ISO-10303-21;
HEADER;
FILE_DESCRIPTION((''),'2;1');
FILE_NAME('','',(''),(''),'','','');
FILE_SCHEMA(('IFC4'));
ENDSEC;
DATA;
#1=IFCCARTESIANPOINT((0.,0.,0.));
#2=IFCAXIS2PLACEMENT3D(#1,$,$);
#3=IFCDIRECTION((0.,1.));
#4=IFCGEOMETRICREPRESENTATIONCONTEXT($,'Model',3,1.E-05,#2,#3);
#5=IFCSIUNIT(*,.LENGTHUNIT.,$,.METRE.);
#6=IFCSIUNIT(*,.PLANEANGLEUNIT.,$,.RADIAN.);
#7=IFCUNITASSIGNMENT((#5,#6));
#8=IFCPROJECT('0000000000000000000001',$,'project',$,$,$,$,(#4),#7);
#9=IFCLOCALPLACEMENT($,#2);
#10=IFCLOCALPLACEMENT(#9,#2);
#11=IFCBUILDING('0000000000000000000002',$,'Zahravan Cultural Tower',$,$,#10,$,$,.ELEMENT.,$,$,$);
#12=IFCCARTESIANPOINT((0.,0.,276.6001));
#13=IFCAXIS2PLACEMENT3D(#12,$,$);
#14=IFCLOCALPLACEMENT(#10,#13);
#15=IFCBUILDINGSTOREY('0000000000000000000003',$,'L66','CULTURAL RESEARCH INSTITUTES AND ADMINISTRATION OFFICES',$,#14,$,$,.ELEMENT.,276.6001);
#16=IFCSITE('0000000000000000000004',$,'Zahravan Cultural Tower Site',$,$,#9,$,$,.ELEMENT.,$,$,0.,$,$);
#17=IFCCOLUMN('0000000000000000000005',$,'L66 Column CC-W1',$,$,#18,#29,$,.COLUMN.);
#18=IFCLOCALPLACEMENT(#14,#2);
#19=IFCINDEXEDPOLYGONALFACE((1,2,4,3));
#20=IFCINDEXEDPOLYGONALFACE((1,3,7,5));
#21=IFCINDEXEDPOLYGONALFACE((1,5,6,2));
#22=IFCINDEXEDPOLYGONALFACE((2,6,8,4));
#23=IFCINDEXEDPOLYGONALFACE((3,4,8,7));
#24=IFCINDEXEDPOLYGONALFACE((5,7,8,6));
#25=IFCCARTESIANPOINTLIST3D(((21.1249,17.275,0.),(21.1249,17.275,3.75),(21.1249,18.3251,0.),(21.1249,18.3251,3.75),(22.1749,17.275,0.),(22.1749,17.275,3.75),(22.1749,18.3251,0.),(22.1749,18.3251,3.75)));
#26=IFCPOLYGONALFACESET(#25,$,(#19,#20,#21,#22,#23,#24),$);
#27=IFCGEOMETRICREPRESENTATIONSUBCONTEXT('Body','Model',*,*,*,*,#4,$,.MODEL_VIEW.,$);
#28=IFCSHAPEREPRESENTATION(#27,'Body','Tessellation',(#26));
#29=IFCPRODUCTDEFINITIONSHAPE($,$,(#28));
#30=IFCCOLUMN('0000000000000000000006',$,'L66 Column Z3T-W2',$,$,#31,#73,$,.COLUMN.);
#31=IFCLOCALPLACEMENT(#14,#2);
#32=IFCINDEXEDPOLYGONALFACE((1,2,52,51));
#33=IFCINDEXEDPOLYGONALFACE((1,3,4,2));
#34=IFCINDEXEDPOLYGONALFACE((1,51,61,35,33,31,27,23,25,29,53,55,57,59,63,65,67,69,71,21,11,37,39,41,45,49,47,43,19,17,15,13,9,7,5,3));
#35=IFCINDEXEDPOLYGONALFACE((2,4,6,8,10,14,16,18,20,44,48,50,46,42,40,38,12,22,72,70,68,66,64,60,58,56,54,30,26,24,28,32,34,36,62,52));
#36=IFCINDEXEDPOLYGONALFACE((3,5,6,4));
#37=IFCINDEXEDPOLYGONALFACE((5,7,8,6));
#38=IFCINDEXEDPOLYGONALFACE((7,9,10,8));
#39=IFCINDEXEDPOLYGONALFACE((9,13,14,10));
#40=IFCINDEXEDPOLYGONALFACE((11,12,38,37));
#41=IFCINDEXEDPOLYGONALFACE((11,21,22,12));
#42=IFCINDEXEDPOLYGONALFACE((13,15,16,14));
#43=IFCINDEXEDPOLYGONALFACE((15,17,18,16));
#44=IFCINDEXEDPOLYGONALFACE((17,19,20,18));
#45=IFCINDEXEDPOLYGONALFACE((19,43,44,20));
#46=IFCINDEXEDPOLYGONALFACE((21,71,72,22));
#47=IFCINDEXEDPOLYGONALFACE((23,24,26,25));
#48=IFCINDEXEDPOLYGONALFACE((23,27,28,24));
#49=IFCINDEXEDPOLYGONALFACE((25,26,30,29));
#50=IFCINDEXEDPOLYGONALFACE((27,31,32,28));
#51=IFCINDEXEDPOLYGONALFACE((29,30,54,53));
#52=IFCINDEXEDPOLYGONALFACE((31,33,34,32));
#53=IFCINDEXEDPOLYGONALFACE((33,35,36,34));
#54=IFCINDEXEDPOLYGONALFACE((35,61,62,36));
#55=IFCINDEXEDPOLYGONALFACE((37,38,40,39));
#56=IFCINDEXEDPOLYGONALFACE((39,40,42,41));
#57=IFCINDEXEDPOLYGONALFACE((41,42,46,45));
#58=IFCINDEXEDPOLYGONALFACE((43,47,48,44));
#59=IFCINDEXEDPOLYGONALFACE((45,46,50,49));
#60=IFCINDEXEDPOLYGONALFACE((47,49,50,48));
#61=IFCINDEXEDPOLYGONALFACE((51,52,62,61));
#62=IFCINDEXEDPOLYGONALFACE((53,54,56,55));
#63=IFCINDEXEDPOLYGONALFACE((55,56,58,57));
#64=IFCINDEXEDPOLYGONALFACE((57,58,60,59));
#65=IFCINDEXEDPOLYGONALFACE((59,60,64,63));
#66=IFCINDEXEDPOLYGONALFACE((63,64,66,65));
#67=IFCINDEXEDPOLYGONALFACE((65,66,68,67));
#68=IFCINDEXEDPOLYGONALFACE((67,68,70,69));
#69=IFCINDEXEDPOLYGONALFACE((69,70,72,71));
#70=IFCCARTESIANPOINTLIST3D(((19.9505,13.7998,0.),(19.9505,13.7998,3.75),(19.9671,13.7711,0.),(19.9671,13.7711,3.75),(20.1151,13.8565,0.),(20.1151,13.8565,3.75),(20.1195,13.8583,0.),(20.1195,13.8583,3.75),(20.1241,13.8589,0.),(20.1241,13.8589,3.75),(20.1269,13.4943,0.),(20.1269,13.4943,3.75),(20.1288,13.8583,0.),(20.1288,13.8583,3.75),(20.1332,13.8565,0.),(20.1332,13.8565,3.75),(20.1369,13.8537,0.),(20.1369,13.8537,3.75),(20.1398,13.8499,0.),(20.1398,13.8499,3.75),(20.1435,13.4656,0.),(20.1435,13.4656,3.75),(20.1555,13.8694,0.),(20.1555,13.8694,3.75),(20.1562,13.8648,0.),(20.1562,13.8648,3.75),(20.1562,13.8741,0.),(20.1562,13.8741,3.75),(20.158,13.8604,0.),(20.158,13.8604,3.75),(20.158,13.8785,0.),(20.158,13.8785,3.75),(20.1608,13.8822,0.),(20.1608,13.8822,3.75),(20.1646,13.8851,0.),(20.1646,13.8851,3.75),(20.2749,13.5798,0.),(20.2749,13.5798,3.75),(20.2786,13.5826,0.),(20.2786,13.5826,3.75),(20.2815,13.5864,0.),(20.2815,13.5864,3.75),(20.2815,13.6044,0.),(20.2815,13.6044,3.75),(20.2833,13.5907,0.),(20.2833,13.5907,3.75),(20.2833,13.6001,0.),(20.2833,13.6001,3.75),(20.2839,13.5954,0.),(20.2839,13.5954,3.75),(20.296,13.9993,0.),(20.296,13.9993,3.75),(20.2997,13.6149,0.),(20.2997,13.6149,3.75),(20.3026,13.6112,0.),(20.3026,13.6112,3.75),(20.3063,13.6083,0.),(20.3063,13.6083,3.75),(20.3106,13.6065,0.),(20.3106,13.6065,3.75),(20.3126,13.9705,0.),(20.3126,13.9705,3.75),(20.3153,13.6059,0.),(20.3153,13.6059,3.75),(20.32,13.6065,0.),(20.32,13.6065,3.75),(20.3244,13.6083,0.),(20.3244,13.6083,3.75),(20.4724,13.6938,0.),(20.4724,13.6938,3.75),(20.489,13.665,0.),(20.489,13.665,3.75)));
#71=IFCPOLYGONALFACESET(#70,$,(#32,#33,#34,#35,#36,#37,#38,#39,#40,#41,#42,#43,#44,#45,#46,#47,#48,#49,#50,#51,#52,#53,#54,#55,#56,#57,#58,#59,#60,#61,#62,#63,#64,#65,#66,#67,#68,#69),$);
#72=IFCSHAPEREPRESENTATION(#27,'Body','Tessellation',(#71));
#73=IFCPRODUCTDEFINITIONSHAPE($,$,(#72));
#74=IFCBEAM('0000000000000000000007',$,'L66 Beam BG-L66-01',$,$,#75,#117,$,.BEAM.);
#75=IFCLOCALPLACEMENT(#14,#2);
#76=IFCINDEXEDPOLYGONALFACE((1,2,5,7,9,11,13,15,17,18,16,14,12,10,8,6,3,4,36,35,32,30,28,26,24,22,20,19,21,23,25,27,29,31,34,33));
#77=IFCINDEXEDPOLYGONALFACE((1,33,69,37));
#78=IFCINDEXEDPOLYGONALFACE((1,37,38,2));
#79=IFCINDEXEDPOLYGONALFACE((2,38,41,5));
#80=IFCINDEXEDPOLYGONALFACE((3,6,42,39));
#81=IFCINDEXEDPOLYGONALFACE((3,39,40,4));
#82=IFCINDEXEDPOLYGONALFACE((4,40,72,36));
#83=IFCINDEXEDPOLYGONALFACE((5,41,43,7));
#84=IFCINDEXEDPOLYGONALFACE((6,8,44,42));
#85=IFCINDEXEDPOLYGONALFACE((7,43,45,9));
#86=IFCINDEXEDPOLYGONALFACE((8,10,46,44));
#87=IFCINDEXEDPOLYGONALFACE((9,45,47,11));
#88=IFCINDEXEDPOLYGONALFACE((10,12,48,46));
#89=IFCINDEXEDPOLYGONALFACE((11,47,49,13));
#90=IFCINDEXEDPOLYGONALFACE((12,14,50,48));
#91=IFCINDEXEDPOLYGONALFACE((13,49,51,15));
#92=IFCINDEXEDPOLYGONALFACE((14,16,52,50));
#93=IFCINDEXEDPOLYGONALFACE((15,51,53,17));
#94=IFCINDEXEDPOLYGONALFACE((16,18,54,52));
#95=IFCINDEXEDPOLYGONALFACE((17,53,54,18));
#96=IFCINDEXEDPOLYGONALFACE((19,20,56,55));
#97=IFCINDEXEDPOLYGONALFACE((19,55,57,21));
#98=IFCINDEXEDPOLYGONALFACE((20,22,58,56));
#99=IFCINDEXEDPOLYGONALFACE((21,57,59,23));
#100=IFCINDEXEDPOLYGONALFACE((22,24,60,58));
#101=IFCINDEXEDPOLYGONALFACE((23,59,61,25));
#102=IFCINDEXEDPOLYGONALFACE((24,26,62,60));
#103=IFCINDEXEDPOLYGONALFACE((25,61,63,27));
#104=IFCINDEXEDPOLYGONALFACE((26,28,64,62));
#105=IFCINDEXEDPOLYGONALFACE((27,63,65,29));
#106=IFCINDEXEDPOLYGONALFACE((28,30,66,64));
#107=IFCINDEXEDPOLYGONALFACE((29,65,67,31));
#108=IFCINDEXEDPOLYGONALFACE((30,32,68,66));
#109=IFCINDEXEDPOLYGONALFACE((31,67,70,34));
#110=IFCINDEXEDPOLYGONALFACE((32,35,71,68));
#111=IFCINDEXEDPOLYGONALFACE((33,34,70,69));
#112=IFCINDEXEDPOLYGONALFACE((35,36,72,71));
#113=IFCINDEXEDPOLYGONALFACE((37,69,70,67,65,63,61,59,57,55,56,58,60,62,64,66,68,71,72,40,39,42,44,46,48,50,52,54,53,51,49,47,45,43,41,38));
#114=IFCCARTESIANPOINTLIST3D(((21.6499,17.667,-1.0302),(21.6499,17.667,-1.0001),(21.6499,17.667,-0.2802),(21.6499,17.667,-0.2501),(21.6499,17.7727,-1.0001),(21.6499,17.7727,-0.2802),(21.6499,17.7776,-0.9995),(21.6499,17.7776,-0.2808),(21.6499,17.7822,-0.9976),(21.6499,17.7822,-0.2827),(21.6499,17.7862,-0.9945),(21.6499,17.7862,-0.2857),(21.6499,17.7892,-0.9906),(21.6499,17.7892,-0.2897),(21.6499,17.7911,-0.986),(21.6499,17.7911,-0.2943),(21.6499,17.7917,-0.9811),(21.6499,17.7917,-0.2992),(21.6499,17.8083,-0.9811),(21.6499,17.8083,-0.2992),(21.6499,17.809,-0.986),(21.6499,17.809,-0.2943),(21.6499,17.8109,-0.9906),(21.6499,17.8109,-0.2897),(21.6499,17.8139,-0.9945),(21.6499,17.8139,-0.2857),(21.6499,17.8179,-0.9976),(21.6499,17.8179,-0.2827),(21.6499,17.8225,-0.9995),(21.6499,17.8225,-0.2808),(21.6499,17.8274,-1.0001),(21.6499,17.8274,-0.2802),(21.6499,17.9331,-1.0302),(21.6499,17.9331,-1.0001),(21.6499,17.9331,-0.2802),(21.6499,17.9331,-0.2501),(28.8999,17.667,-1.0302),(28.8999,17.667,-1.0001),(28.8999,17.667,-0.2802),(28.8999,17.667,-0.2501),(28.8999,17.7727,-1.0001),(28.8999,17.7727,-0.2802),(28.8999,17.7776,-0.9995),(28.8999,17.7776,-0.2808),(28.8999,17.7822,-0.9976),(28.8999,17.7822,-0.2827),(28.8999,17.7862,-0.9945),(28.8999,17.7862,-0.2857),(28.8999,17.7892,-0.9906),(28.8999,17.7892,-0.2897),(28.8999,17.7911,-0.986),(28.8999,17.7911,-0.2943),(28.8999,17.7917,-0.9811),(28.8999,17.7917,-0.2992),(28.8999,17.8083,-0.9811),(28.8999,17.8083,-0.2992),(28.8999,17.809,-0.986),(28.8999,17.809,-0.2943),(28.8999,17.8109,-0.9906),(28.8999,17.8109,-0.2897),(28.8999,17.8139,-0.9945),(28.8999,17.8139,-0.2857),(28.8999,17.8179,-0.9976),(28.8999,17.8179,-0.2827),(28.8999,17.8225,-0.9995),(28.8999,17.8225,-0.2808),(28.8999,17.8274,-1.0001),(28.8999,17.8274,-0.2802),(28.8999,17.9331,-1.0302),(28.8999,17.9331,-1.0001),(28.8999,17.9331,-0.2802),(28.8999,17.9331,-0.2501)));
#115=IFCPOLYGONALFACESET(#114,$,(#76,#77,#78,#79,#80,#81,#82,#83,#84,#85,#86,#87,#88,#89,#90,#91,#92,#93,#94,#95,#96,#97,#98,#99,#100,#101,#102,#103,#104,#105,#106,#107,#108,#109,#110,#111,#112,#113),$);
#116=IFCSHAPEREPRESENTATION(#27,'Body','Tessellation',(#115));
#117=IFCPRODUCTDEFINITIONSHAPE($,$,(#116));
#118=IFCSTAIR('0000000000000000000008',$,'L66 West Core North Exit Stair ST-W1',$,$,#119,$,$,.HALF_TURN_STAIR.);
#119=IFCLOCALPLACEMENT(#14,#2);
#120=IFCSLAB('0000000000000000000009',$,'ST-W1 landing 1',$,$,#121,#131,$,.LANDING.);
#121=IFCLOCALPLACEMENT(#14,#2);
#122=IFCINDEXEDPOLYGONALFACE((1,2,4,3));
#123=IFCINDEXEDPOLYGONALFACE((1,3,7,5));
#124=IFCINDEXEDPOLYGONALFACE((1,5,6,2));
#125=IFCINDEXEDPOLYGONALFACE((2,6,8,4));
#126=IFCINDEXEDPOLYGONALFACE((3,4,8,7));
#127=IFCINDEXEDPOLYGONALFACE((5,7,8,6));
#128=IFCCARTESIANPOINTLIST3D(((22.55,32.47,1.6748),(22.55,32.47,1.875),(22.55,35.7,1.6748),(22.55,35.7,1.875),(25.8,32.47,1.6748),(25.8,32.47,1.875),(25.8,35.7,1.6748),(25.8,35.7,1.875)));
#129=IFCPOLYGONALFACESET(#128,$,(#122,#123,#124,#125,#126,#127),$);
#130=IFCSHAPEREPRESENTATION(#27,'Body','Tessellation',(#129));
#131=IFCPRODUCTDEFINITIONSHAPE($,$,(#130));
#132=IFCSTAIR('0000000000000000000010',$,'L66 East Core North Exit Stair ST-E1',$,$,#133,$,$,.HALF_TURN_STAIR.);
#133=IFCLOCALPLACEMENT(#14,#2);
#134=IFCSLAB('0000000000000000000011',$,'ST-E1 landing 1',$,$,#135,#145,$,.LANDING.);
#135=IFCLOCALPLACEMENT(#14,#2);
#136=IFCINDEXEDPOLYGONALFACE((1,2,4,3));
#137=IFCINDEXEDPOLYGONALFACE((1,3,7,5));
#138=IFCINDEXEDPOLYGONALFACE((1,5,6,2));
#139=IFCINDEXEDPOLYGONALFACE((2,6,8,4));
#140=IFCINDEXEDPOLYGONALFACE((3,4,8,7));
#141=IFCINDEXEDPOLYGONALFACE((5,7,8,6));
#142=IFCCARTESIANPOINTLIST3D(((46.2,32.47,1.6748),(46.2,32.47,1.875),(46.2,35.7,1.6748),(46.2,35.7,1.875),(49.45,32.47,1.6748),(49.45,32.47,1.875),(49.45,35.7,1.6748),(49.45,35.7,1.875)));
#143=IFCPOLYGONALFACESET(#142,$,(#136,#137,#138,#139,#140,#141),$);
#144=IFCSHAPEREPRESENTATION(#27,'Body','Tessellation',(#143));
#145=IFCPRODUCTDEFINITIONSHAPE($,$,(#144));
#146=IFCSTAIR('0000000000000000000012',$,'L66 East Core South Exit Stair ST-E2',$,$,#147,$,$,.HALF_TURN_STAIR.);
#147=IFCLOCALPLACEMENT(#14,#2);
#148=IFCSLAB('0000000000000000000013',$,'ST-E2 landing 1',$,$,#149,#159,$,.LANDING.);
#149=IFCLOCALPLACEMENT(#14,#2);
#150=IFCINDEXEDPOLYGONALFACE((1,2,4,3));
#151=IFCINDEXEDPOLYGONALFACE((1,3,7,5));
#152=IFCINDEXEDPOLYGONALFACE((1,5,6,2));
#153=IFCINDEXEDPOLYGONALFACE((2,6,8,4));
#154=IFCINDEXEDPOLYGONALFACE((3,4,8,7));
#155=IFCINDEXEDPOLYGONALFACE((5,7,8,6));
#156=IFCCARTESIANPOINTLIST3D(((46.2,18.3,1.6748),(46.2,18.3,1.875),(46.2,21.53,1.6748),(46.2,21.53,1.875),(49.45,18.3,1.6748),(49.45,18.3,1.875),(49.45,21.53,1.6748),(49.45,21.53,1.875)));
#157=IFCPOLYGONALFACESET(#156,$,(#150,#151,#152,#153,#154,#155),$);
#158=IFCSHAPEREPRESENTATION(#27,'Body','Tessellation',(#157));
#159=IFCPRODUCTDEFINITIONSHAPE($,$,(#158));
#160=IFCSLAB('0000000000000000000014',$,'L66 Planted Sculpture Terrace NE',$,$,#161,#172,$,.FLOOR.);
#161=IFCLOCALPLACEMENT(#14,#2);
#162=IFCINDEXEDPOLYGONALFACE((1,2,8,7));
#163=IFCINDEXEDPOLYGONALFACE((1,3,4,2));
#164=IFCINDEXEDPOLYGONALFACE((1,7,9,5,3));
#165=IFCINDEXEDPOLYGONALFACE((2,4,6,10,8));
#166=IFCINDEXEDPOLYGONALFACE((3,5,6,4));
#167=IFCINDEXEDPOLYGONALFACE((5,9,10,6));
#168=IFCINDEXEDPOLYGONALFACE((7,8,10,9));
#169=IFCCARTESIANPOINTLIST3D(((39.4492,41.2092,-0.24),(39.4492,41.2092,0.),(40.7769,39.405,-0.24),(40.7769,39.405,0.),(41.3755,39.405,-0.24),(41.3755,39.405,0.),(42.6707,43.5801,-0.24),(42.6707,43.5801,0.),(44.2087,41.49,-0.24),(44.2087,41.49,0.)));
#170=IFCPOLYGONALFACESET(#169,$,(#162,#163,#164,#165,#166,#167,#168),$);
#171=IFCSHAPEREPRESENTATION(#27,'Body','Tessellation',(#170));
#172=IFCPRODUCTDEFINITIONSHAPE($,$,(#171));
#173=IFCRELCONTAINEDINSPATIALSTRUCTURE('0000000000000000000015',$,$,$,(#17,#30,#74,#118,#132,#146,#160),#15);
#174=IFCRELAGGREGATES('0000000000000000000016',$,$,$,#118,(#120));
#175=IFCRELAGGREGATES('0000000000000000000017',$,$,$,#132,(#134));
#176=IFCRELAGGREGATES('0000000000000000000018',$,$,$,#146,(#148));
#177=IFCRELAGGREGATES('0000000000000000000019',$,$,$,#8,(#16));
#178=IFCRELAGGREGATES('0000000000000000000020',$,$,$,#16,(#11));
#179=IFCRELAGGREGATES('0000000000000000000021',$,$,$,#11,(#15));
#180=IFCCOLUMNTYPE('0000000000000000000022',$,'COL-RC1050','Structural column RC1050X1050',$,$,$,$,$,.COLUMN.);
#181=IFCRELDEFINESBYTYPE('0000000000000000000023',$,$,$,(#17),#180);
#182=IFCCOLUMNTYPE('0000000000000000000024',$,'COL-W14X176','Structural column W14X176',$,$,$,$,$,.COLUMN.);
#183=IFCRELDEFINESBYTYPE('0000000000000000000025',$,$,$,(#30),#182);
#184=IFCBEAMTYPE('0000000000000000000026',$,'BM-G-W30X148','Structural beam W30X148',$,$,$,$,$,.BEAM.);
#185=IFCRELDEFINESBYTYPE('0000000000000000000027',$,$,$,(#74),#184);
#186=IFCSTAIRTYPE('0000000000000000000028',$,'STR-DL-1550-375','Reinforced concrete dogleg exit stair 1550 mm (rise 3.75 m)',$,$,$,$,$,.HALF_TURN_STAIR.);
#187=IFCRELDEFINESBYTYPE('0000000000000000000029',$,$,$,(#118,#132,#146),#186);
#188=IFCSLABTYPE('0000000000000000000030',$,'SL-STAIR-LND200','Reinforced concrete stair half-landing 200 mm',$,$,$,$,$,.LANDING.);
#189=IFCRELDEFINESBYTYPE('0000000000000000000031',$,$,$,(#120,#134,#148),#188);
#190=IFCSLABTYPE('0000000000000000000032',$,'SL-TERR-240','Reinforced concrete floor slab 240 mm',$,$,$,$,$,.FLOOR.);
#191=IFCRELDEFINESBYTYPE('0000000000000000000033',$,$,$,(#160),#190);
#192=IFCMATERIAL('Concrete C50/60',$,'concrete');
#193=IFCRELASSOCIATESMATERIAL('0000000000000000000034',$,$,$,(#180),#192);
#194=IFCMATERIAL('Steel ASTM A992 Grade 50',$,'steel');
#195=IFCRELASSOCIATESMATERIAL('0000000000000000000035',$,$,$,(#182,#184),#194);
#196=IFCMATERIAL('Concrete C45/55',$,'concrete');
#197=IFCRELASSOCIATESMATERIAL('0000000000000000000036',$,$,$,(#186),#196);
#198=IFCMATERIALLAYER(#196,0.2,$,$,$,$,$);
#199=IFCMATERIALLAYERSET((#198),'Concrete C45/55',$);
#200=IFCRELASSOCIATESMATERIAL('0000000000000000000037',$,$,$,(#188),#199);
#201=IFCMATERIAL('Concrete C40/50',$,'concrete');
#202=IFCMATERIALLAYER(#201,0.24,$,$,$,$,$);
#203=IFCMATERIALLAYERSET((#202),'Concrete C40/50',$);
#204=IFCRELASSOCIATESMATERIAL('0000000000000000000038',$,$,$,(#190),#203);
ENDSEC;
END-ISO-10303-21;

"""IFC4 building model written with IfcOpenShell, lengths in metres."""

from ifc_helpers import new_model, si_unit, direction, frame, origin, origin_2d, place, context, subcontext, project, spatial, polyline, rectangle, i_section, outline, extrude, source, transform, mapped, material, layer, layer_set, material_profile, profile_set, type_object, element, aggregate, save


model = new_model("IFC4")

# Units and contexts
model_context = context("Model", 3, precision=1e-05, world=origin(), true_north=direction((0.0, 1.0)))
body_context = subcontext(model_context, "Body", "Model", "MODEL_VIEW")
ifc_project = project(units=[si_unit("LENGTHUNIT", "METRE"), si_unit("PLANEANGLEUNIT", "RADIAN")], contexts=[model_context])

# Site, building, storey
site_placement = place(None, origin())
site = spatial("IfcSite", under=ifc_project, at=site_placement, Name="Zahravan Cultural Tower Site", CompositionType="ELEMENT", RefElevation=0.0)
building_placement = place(site_placement, origin())
building = spatial("IfcBuilding", under=site, at=building_placement, Name="Zahravan Cultural Tower", CompositionType="ELEMENT")
storey_placement = place(building_placement, frame((0.0, 0.0, 276.6001)))
storey = spatial("IfcBuildingStorey", under=building, at=storey_placement, Name="L66", Description="CULTURAL RESEARCH INSTITUTES AND ADMINISTRATION OFFICES", CompositionType="ELEMENT", Elevation=276.6001)

# Columns
ifc_material_1 = material(Name="Concrete C50/60", Category="concrete")
ifc_material_profile_1 = material_profile(ifc_material_1, rectangle(XDim=1.05, YDim=1.05, at=origin_2d()), Name="RC1050X1050")
ifc_profile_set_1 = profile_set([ifc_material_profile_1], Name="Concrete C50/60")
column_type_1 = type_object("IfcColumnType", Name="COL-RC1050", Description="Structural column RC1050X1050", PredefinedType="COLUMN", material=ifc_profile_set_1)
shared_shape_1 = source(origin(), body_context, "Body", "SweptSolid", [
    extrude(rectangle(XDim=1.05, YDim=1.05, at=origin_2d()), origin(), (0.0, 0.0, 1.0), 3.75),
])
column_1_placement = place(storey_placement, frame((21.6499, 17.8, 0.0), z_axis=(0.0, 0.0, 1.0), x_axis=(1.0, 0.0, 0.0)))
element("IfcColumn", 1, at=column_1_placement, inside=storey, type_object=column_type_1, Name="L66 Column CC-W1", PredefinedType="COLUMN", context=body_context, shape_type="MappedRepresentation", body=[
    mapped(shared_shape_1, transform((0.0, 0.0, 0.0), x_axis=(1.0, 0.0, 0.0), y_axis=(0.0, 1.0, 0.0), z_axis=(0.0, 0.0, 1.0), scale=1.0)),
])
ifc_material_2 = material(Name="Steel ASTM A992 Grade 50", Category="steel")
ifc_material_profile_2 = material_profile(ifc_material_2, i_section(OverallWidth=0.3989, OverallDepth=0.386, WebThickness=0.021, FlangeThickness=0.0332, FilletRadius=0.0181, at=origin_2d()), Name="W14X176")
ifc_profile_set_2 = profile_set([ifc_material_profile_2], Name="Steel ASTM A992 Grade 50")
column_type_2 = type_object("IfcColumnType", Name="COL-W14X176", Description="Structural column W14X176", PredefinedType="COLUMN", material=ifc_profile_set_2)
shared_shape_2 = source(origin(), body_context, "Body", "SweptSolid", [
    extrude(i_section(OverallWidth=0.3989, OverallDepth=0.386, WebThickness=0.021, FlangeThickness=0.0332, FilletRadius=0.0181, at=origin_2d()), origin(), (0.0, 0.0, 1.0), 3.75),
])
column_2_placement = place(storey_placement, frame((20.2197, 13.7324, 0.0), z_axis=(0.0, 0.0, 1.0), x_axis=(0.866025, 0.5, 0.0)))
element("IfcColumn", 2, at=column_2_placement, inside=storey, type_object=column_type_2, Name="L66 Column Z3T-W2", PredefinedType="COLUMN", context=body_context, shape_type="MappedRepresentation", body=[
    mapped(shared_shape_2, transform((0.0, 0.0, 0.0), x_axis=(1.0, 0.0, 0.0), y_axis=(0.0, 1.0, 0.0), z_axis=(0.0, 0.0, 1.0), scale=1.0)),
])

# Beam
ifc_material_profile_3 = material_profile(ifc_material_2, i_section(OverallWidth=0.2661, OverallDepth=0.78, WebThickness=0.0166, FlangeThickness=0.03, FilletRadius=0.019, at=origin_2d()), Name="W30X148")
ifc_profile_set_3 = profile_set([ifc_material_profile_3], Name="Steel ASTM A992 Grade 50")
beam_type = type_object("IfcBeamType", Name="BM-G-W30X148", Description="Structural beam W30X148", PredefinedType="BEAM", material=ifc_profile_set_3)
shared_shape_3 = source(origin(), body_context, "Body", "SweptSolid", [
    extrude(i_section(OverallWidth=0.2661, OverallDepth=0.78, WebThickness=0.0166, FlangeThickness=0.03, FilletRadius=0.019, at=origin_2d()), origin(), (0.0, 0.0, 1.0), 7.25),
])
beam_placement = place(storey_placement, frame((21.6499, 17.8, -0.6401), z_axis=(1.0, 0.0, 0.0), x_axis=(0.0, 1.0, 0.0)))
element("IfcBeam", 3, at=beam_placement, inside=storey, type_object=beam_type, Name="L66 Beam BG-L66-01", PredefinedType="BEAM", context=body_context, shape_type="MappedRepresentation", body=[
    mapped(shared_shape_3, transform((0.0, 0.0, 0.0), x_axis=(1.0, 0.0, 0.0), y_axis=(0.0, 1.0, 0.0), z_axis=(0.0, 0.0, 1.0), scale=1.0)),
])

# Stairs, slabs
ifc_material_3 = material(Name="Concrete C45/55", Category="concrete")
stair_type = type_object("IfcStairType", Name="STR-DL-1550-375", Description="Reinforced concrete dogleg exit stair 1550 mm (rise 3.75 m)", PredefinedType="HALF_TURN_STAIR", material=ifc_material_3)
stair_1_placement = place(storey_placement, origin())
stair_1 = element("IfcStair", 4, at=stair_1_placement, inside=storey, type_object=stair_type, Name="L66 West Core North Exit Stair ST-W1", PredefinedType="HALF_TURN_STAIR")
ifc_layer_1 = layer(ifc_material_3, 0.2)
ifc_layer_set_1 = layer_set([ifc_layer_1], Name="Concrete C45/55")
slab_type_1 = type_object("IfcSlabType", Name="SL-STAIR-LND200", Description="Reinforced concrete stair half-landing 200 mm", PredefinedType="LANDING", material=ifc_layer_set_1)
slab_1_placement = place(storey_placement, frame((0.0, 0.0, 1.6748)))
slab_1 = element("IfcSlab", 5, at=slab_1_placement, type_object=slab_type_1, Name="ST-W1 landing 1", PredefinedType="LANDING", context=body_context, shape_type="SweptSolid", body=[
    extrude(outline(polyline([(25.8, 32.47), (25.8, 35.7), (22.55, 35.7), (22.55, 32.47), (25.8, 32.47)])), origin(), (0.0, 0.0, 1.0), 0.2002),
])
aggregate(stair_1, [slab_1])
stair_2_placement = place(storey_placement, origin())
stair_2 = element("IfcStair", 6, at=stair_2_placement, inside=storey, type_object=stair_type, Name="L66 East Core North Exit Stair ST-E1", PredefinedType="HALF_TURN_STAIR")
slab_2_placement = place(storey_placement, frame((0.0, 0.0, 1.6748)))
slab_2 = element("IfcSlab", 7, at=slab_2_placement, type_object=slab_type_1, Name="ST-E1 landing 1", PredefinedType="LANDING", context=body_context, shape_type="SweptSolid", body=[
    extrude(outline(polyline([(49.45, 32.47), (49.45, 35.7), (46.2, 35.7), (46.2, 32.47), (49.45, 32.47)])), origin(), (0.0, 0.0, 1.0), 0.2002),
])
aggregate(stair_2, [slab_2])
stair_3_placement = place(storey_placement, origin())
stair_3 = element("IfcStair", 8, at=stair_3_placement, inside=storey, type_object=stair_type, Name="L66 East Core South Exit Stair ST-E2", PredefinedType="HALF_TURN_STAIR")
slab_3_placement = place(storey_placement, frame((0.0, 0.0, 1.6748)))
slab_3 = element("IfcSlab", 9, at=slab_3_placement, type_object=slab_type_1, Name="ST-E2 landing 1", PredefinedType="LANDING", context=body_context, shape_type="SweptSolid", body=[
    extrude(outline(polyline([(46.2, 21.53), (46.2, 18.3), (49.45, 18.3), (49.45, 21.53), (46.2, 21.53)])), origin(), (0.0, 0.0, 1.0), 0.2002),
])
aggregate(stair_3, [slab_3])

# Slab
ifc_material_4 = material(Name="Concrete C40/50", Category="concrete")
ifc_layer_2 = layer(ifc_material_4, 0.24)
ifc_layer_set_2 = layer_set([ifc_layer_2], Name="Concrete C40/50")
slab_type_2 = type_object("IfcSlabType", Name="SL-TERR-240", Description="Reinforced concrete floor slab 240 mm", PredefinedType="FLOOR", material=ifc_layer_set_2)
slab_4_placement = place(storey_placement, frame((0.0, 0.0, -0.24)))
element("IfcSlab", 10, at=slab_4_placement, inside=storey, type_object=slab_type_2, Name="L66 Planted Sculpture Terrace NE", PredefinedType="FLOOR", context=body_context, shape_type="SweptSolid", body=[
    extrude(outline(polyline([(39.4492, 41.2092), (40.7769, 39.405), (41.3755, 39.405), (44.2087, 41.49), (42.6707, 43.5801), (39.4492, 41.2092)])), origin(), (0.0, 0.0, 1.0), 0.24),
])

save(model, "model.ifc")
